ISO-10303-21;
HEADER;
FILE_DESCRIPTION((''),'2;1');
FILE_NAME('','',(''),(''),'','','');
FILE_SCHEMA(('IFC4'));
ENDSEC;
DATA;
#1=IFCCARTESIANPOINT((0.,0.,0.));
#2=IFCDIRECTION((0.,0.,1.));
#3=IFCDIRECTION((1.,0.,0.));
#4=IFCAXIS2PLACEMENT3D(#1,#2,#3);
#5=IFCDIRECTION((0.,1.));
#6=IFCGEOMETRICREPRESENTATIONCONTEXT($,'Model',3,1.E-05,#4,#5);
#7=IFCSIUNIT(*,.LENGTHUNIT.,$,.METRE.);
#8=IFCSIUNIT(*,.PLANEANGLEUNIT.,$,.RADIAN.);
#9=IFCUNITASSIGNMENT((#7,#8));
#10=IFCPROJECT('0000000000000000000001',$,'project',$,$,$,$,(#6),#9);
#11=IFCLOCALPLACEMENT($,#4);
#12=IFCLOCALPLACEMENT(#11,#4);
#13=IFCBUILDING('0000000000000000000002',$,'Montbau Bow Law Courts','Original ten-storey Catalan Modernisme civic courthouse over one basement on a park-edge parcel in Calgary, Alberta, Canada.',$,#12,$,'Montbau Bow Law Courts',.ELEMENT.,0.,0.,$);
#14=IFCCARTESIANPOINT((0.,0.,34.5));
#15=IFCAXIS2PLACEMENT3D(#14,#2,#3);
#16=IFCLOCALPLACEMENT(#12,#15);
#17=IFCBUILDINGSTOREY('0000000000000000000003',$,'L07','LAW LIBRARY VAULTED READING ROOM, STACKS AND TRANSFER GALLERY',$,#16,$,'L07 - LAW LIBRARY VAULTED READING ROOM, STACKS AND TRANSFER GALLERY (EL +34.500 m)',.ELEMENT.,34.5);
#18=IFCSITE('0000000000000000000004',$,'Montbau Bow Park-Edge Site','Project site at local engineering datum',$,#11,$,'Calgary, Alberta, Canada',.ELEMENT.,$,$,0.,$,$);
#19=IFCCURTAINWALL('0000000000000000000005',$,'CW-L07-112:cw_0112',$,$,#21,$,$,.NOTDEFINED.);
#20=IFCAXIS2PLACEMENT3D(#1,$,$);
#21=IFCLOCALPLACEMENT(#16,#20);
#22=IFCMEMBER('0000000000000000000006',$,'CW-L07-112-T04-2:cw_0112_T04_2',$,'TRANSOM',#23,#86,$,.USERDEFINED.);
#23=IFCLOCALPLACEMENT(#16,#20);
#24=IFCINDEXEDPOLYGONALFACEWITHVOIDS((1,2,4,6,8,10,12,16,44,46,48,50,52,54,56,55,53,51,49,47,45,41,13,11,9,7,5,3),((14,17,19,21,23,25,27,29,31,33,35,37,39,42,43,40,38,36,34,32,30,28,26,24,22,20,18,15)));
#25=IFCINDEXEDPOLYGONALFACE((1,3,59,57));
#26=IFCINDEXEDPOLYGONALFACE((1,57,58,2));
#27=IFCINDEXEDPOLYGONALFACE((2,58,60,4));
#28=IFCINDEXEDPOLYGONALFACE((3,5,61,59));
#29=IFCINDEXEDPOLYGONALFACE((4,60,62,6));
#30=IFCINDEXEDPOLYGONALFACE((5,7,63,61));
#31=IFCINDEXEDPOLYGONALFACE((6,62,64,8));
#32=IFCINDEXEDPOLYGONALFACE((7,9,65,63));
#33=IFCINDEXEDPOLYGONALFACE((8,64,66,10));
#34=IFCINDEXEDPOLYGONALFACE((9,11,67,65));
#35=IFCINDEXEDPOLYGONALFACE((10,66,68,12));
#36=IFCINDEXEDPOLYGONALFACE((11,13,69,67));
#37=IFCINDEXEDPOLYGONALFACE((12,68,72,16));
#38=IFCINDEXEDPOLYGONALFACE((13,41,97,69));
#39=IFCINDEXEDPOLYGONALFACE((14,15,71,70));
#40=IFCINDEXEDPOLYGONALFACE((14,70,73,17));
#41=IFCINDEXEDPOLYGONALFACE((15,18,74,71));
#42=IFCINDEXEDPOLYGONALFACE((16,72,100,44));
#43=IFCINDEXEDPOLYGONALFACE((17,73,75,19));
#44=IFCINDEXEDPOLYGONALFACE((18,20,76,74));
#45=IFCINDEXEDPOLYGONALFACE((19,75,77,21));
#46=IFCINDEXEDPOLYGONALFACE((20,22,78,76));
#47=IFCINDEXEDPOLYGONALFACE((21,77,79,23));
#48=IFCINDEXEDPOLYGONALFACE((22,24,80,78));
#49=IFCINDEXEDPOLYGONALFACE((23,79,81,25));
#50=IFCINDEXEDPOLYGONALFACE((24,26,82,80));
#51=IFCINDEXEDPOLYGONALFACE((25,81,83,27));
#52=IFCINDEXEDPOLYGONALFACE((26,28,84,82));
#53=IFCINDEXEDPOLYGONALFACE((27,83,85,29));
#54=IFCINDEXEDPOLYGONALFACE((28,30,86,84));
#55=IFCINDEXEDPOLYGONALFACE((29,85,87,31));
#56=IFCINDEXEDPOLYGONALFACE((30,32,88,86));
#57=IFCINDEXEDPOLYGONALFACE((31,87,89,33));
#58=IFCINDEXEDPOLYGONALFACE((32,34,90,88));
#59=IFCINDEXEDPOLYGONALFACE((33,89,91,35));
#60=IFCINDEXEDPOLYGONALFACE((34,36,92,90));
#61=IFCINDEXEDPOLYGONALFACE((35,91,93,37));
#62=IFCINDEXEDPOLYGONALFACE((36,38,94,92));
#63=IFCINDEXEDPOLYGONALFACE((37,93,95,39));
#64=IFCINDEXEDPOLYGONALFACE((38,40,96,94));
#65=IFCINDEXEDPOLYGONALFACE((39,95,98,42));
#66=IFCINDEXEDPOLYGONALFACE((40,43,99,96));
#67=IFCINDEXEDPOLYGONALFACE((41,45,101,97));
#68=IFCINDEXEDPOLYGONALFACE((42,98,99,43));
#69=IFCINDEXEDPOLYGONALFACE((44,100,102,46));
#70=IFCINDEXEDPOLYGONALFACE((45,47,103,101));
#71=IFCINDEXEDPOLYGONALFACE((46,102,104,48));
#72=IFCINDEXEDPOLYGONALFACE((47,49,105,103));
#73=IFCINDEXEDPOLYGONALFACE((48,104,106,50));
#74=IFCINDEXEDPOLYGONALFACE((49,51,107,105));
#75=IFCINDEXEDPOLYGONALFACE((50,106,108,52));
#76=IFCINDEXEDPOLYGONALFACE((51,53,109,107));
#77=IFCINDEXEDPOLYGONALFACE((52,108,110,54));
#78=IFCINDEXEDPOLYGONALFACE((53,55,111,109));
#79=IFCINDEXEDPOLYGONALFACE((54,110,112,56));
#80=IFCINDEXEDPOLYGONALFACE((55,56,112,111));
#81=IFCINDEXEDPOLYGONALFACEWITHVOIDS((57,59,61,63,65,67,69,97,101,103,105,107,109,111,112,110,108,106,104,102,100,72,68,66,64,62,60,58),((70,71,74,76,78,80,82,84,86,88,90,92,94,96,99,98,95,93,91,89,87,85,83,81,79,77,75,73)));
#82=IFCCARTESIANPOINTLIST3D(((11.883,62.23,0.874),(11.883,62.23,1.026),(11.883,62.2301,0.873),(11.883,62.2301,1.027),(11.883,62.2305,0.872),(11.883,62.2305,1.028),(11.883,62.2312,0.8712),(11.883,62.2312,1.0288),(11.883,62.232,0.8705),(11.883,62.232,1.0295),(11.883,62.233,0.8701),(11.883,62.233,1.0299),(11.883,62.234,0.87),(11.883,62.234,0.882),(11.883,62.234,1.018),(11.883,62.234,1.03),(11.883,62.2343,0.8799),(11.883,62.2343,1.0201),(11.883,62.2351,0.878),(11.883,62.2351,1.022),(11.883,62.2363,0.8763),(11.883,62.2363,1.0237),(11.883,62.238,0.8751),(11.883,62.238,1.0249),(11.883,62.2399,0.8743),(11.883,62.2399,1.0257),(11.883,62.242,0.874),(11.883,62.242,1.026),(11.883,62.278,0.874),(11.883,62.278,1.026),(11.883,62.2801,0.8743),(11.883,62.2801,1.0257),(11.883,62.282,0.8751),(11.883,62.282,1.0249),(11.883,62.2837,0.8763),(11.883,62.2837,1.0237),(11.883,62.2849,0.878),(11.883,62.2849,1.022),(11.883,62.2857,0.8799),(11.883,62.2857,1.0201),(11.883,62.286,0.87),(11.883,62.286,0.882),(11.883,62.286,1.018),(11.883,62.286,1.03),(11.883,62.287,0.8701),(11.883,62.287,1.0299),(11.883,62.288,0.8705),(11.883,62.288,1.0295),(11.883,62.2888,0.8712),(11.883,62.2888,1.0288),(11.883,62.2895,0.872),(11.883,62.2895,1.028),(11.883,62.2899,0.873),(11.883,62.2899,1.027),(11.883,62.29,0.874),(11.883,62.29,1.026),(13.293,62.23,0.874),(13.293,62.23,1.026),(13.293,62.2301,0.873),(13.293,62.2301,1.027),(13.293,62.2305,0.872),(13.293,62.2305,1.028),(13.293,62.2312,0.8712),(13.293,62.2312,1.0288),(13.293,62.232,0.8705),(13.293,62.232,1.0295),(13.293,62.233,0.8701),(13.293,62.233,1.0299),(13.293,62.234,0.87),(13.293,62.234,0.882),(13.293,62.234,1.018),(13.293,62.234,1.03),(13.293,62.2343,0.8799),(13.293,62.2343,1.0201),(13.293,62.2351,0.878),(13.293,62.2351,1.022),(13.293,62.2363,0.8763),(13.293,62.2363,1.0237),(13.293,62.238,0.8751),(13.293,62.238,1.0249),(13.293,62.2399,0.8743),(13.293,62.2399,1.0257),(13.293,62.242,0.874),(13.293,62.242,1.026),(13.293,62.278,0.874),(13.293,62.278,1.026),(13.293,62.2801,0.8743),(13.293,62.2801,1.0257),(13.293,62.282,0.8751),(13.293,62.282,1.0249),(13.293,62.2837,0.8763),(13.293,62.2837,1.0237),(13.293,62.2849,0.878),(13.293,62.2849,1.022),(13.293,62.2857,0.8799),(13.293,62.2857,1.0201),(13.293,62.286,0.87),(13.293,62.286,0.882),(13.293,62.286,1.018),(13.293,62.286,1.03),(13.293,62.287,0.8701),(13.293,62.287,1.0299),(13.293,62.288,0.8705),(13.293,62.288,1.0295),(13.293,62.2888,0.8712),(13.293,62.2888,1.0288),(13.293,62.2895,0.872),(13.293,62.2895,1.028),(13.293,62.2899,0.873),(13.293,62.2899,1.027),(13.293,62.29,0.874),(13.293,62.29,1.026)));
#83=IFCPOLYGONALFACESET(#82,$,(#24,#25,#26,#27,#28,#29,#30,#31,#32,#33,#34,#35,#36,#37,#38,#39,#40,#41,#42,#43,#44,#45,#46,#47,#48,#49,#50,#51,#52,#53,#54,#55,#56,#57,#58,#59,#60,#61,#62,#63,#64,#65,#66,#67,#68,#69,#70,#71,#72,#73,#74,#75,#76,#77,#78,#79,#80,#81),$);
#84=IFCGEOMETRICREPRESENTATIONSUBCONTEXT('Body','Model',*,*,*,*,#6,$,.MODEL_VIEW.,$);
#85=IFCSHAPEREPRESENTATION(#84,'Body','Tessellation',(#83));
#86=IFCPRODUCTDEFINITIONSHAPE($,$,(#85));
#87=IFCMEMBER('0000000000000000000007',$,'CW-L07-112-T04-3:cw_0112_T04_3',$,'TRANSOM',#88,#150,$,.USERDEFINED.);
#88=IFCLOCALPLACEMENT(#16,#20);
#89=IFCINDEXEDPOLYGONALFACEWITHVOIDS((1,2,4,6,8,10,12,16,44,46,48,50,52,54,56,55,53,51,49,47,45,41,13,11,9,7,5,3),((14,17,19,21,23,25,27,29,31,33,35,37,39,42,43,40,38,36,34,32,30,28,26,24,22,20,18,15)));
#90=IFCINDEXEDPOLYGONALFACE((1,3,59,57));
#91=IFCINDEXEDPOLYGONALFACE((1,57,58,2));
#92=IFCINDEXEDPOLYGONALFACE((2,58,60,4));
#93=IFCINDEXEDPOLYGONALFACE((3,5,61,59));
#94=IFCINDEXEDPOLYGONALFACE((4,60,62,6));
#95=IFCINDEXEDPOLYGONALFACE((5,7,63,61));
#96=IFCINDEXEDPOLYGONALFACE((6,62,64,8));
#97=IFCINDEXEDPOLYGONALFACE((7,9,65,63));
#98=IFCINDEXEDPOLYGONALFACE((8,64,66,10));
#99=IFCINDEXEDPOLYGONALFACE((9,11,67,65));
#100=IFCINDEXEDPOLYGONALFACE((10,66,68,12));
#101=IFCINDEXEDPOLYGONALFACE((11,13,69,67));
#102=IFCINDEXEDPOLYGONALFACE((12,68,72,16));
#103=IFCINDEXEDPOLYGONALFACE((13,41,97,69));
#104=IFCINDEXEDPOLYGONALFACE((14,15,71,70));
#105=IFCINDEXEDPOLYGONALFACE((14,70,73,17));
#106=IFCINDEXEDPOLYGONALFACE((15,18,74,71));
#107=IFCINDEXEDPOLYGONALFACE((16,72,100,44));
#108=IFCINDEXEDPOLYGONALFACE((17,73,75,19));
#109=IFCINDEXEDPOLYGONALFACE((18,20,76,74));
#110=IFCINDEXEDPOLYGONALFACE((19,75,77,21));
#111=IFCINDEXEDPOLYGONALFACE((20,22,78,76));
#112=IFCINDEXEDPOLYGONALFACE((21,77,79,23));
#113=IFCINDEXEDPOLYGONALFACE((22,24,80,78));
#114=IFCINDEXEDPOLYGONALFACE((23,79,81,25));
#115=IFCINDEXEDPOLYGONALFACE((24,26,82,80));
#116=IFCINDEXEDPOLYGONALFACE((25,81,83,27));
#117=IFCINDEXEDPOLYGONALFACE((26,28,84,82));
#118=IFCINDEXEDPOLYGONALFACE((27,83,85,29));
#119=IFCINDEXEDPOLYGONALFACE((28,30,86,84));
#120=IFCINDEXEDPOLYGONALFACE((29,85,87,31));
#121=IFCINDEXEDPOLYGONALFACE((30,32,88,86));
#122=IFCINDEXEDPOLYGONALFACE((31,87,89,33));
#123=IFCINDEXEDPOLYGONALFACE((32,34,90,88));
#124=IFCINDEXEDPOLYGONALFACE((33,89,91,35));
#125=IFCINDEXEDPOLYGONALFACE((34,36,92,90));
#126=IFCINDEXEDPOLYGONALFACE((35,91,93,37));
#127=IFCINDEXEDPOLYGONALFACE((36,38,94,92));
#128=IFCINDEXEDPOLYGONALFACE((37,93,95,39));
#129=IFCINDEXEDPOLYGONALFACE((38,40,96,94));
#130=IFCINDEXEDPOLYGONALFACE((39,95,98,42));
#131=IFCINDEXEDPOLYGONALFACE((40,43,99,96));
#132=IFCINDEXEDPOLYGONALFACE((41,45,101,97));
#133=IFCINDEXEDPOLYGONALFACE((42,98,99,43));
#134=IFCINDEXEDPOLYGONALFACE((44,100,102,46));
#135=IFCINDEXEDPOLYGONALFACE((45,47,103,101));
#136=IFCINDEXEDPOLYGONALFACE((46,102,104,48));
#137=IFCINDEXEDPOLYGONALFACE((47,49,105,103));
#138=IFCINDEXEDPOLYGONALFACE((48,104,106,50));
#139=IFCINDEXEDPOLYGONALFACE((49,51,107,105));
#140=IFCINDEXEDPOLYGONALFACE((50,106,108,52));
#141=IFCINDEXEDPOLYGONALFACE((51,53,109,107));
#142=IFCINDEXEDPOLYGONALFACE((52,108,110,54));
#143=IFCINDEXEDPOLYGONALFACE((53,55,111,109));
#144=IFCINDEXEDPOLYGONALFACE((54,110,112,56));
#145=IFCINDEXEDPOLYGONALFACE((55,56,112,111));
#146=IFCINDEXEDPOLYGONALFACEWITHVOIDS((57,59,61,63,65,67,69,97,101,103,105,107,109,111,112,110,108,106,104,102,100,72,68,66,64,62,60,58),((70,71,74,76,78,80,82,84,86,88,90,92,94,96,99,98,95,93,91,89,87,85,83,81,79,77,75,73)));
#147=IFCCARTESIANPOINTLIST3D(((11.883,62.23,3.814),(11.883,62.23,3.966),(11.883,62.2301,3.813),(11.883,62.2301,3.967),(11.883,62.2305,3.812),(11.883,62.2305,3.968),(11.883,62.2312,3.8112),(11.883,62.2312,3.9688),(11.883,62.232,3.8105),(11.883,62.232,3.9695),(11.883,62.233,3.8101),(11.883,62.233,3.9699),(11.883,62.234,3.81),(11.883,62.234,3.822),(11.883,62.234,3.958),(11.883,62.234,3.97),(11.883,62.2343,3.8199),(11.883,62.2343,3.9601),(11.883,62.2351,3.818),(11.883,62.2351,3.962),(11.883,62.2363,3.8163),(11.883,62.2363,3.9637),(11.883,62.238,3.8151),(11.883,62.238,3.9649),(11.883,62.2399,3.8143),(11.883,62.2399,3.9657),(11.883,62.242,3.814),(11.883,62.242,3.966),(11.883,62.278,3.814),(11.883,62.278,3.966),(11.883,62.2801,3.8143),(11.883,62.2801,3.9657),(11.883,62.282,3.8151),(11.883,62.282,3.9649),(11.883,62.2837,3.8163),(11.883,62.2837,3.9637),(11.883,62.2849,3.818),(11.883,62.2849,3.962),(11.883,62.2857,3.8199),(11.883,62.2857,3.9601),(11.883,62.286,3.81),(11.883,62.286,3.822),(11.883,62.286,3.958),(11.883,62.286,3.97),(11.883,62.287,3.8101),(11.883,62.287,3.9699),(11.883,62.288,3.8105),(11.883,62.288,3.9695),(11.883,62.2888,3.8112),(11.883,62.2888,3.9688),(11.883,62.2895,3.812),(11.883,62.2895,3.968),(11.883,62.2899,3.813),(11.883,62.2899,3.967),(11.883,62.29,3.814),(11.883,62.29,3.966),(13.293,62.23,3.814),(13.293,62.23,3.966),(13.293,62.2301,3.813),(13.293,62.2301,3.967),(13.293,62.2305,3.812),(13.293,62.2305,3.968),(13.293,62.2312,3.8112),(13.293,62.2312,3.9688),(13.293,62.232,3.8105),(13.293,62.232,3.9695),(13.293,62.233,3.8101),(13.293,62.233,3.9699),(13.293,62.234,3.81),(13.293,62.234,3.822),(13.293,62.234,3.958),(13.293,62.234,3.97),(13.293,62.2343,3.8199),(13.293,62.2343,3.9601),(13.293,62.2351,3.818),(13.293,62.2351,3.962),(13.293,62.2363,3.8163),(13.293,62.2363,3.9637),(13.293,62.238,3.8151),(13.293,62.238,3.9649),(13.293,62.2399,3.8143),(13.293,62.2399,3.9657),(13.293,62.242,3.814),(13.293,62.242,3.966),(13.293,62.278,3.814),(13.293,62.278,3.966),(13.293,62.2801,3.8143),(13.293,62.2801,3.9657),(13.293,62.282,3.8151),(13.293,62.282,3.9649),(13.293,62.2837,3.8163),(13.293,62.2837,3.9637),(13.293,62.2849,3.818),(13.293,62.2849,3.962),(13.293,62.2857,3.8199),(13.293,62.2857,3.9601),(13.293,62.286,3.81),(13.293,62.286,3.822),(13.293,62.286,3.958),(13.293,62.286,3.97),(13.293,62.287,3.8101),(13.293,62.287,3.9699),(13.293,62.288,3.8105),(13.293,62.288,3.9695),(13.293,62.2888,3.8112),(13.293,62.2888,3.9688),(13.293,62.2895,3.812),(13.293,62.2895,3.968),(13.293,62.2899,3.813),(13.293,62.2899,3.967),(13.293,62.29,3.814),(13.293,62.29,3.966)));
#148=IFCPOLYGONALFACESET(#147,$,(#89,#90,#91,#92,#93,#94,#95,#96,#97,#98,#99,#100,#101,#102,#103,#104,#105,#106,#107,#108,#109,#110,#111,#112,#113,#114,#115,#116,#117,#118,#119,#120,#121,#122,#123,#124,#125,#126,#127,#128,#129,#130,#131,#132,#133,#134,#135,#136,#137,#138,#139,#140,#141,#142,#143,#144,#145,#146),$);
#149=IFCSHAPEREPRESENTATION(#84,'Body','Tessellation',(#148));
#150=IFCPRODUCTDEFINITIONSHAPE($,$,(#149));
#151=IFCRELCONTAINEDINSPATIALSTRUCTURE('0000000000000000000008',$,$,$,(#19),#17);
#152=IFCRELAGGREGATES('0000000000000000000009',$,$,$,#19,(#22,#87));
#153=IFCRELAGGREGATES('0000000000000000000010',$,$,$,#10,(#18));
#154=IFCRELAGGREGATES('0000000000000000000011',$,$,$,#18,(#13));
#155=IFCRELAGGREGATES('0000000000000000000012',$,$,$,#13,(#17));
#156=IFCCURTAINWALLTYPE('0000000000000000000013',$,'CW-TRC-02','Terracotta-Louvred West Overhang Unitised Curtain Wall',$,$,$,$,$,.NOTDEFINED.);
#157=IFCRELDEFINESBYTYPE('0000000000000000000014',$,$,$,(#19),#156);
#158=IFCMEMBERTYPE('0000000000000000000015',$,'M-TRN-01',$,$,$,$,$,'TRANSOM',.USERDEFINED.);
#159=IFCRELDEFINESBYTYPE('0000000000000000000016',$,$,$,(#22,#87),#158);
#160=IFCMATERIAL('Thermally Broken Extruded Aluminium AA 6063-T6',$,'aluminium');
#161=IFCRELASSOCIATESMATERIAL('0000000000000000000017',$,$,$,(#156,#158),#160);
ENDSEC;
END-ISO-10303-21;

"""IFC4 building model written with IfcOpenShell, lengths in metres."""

from ifc_helpers import new_model, si_unit, direction, frame, origin_with_axes, origin_2d_with_axis, place, context, subcontext, project, spatial, hollow_rectangle, extrude, material, material_profile, profile_set, type_object, element, aggregate, save


model = new_model("IFC4")

# Units and contexts
model_context = context("Model", 3, precision=1e-05, world=origin_with_axes(), true_north=direction((0.0, 1.0)))
body_context = subcontext(model_context, "Body", "Model", "MODEL_VIEW")
ifc_project = project(units=[si_unit("LENGTHUNIT", "METRE"), si_unit("PLANEANGLEUNIT", "RADIAN")], contexts=[model_context])

# Site, building, storey
site_placement = place(None, origin_with_axes())
site = spatial("IfcSite", under=ifc_project, at=site_placement, Name="Montbau Bow Park-Edge Site", Description="Project site at local engineering datum", LongName="Calgary, Alberta, Canada", CompositionType="ELEMENT", RefElevation=0.0)
building_placement = place(site_placement, origin_with_axes())
building = spatial("IfcBuilding", under=site, at=building_placement, Name="Montbau Bow Law Courts", Description="Original ten-storey Catalan Modernisme civic courthouse over one basement on a park-edge parcel in Calgary, Alberta, Canada.", LongName="Montbau Bow Law Courts", CompositionType="ELEMENT", ElevationOfRefHeight=0.0, ElevationOfTerrain=0.0)
storey_placement = place(building_placement, frame((0.0, 0.0, 34.5), z_axis=(0.0, 0.0, 1.0), x_axis=(1.0, 0.0, 0.0)))
storey = spatial("IfcBuildingStorey", under=building, at=storey_placement, Name="L07", Description="LAW LIBRARY VAULTED READING ROOM, STACKS AND TRANSFER GALLERY", LongName="L07 - LAW LIBRARY VAULTED READING ROOM, STACKS AND TRANSFER GALLERY (EL +34.500 m)", CompositionType="ELEMENT", Elevation=34.5)

# Curtain wall
ifc_material_1 = material(Name="Thermally Broken Extruded Aluminium AA 6063-T6", Category="aluminium")
curtain_wall_type = type_object("IfcCurtainWallType", Name="CW-TRC-02", Description="Terracotta-Louvred West Overhang Unitised Curtain Wall", PredefinedType="NOTDEFINED", material=ifc_material_1)
curtain_wall_1_placement = place(None, frame((7.315, 62.26, 34.5), z_axis=(0.0, 0.0, 1.0), x_axis=(1.0, 0.0, 0.0)))
curtain_wall_1 = element("IfcCurtainWall", 1, at=curtain_wall_1_placement, inside=storey, type_object=curtain_wall_type, Name="CW-L07-112:cw_0112", PredefinedType="NOTDEFINED")

# Members
ifc_material_profile_1 = material_profile(ifc_material_1, hollow_rectangle(XDim=0.06, YDim=0.16, WallThickness=0.004, InnerFilletRadius=0.008, OuterFilletRadius=0.004, at=origin_2d_with_axis()), Name="CWT-160X60", Category="Main", Priority=0)
ifc_profile_set_1 = profile_set([ifc_material_profile_1], Name="Thermally Broken Extruded Aluminium AA 6063-T6")
member_type_1 = type_object("IfcMemberType", Name="M-TRN-01", ElementType="TRANSOM", PredefinedType="USERDEFINED", material=ifc_profile_set_1)
member_1_placement = place(None, frame((11.883, 62.26, 35.45), z_axis=(1.0, 0.0, 0.0), x_axis=(0.0, 1.0, 0.0)))
member_1 = element("IfcMember", 2, at=member_1_placement, type_object=member_type_1, Name="CW-L07-112-T04-2:cw_0112_T04_2", ObjectType="TRANSOM", PredefinedType="USERDEFINED", context=body_context, shape_type="SweptSolid", body=[
    extrude(hollow_rectangle(XDim=0.06, YDim=0.16, WallThickness=0.004, InnerFilletRadius=0.008, OuterFilletRadius=0.004, at=origin_2d_with_axis()), origin_with_axes(), (0.0, 0.0, 1.0), 1.41),
])
member_2_placement = place(None, frame((11.883, 62.26, 38.39), z_axis=(1.0, 0.0, 0.0), x_axis=(0.0, 1.0, 0.0)))
member_2 = element("IfcMember", 3, at=member_2_placement, type_object=member_type_1, Name="CW-L07-112-T04-3:cw_0112_T04_3", ObjectType="TRANSOM", PredefinedType="USERDEFINED", context=body_context, shape_type="SweptSolid", body=[
    extrude(hollow_rectangle(XDim=0.06, YDim=0.16, WallThickness=0.004, InnerFilletRadius=0.008, OuterFilletRadius=0.004, at=origin_2d_with_axis()), origin_with_axes(), (0.0, 0.0, 1.0), 1.41),
])
aggregate(curtain_wall_1, [member_1, member_2])

save(model, "model.ifc")
